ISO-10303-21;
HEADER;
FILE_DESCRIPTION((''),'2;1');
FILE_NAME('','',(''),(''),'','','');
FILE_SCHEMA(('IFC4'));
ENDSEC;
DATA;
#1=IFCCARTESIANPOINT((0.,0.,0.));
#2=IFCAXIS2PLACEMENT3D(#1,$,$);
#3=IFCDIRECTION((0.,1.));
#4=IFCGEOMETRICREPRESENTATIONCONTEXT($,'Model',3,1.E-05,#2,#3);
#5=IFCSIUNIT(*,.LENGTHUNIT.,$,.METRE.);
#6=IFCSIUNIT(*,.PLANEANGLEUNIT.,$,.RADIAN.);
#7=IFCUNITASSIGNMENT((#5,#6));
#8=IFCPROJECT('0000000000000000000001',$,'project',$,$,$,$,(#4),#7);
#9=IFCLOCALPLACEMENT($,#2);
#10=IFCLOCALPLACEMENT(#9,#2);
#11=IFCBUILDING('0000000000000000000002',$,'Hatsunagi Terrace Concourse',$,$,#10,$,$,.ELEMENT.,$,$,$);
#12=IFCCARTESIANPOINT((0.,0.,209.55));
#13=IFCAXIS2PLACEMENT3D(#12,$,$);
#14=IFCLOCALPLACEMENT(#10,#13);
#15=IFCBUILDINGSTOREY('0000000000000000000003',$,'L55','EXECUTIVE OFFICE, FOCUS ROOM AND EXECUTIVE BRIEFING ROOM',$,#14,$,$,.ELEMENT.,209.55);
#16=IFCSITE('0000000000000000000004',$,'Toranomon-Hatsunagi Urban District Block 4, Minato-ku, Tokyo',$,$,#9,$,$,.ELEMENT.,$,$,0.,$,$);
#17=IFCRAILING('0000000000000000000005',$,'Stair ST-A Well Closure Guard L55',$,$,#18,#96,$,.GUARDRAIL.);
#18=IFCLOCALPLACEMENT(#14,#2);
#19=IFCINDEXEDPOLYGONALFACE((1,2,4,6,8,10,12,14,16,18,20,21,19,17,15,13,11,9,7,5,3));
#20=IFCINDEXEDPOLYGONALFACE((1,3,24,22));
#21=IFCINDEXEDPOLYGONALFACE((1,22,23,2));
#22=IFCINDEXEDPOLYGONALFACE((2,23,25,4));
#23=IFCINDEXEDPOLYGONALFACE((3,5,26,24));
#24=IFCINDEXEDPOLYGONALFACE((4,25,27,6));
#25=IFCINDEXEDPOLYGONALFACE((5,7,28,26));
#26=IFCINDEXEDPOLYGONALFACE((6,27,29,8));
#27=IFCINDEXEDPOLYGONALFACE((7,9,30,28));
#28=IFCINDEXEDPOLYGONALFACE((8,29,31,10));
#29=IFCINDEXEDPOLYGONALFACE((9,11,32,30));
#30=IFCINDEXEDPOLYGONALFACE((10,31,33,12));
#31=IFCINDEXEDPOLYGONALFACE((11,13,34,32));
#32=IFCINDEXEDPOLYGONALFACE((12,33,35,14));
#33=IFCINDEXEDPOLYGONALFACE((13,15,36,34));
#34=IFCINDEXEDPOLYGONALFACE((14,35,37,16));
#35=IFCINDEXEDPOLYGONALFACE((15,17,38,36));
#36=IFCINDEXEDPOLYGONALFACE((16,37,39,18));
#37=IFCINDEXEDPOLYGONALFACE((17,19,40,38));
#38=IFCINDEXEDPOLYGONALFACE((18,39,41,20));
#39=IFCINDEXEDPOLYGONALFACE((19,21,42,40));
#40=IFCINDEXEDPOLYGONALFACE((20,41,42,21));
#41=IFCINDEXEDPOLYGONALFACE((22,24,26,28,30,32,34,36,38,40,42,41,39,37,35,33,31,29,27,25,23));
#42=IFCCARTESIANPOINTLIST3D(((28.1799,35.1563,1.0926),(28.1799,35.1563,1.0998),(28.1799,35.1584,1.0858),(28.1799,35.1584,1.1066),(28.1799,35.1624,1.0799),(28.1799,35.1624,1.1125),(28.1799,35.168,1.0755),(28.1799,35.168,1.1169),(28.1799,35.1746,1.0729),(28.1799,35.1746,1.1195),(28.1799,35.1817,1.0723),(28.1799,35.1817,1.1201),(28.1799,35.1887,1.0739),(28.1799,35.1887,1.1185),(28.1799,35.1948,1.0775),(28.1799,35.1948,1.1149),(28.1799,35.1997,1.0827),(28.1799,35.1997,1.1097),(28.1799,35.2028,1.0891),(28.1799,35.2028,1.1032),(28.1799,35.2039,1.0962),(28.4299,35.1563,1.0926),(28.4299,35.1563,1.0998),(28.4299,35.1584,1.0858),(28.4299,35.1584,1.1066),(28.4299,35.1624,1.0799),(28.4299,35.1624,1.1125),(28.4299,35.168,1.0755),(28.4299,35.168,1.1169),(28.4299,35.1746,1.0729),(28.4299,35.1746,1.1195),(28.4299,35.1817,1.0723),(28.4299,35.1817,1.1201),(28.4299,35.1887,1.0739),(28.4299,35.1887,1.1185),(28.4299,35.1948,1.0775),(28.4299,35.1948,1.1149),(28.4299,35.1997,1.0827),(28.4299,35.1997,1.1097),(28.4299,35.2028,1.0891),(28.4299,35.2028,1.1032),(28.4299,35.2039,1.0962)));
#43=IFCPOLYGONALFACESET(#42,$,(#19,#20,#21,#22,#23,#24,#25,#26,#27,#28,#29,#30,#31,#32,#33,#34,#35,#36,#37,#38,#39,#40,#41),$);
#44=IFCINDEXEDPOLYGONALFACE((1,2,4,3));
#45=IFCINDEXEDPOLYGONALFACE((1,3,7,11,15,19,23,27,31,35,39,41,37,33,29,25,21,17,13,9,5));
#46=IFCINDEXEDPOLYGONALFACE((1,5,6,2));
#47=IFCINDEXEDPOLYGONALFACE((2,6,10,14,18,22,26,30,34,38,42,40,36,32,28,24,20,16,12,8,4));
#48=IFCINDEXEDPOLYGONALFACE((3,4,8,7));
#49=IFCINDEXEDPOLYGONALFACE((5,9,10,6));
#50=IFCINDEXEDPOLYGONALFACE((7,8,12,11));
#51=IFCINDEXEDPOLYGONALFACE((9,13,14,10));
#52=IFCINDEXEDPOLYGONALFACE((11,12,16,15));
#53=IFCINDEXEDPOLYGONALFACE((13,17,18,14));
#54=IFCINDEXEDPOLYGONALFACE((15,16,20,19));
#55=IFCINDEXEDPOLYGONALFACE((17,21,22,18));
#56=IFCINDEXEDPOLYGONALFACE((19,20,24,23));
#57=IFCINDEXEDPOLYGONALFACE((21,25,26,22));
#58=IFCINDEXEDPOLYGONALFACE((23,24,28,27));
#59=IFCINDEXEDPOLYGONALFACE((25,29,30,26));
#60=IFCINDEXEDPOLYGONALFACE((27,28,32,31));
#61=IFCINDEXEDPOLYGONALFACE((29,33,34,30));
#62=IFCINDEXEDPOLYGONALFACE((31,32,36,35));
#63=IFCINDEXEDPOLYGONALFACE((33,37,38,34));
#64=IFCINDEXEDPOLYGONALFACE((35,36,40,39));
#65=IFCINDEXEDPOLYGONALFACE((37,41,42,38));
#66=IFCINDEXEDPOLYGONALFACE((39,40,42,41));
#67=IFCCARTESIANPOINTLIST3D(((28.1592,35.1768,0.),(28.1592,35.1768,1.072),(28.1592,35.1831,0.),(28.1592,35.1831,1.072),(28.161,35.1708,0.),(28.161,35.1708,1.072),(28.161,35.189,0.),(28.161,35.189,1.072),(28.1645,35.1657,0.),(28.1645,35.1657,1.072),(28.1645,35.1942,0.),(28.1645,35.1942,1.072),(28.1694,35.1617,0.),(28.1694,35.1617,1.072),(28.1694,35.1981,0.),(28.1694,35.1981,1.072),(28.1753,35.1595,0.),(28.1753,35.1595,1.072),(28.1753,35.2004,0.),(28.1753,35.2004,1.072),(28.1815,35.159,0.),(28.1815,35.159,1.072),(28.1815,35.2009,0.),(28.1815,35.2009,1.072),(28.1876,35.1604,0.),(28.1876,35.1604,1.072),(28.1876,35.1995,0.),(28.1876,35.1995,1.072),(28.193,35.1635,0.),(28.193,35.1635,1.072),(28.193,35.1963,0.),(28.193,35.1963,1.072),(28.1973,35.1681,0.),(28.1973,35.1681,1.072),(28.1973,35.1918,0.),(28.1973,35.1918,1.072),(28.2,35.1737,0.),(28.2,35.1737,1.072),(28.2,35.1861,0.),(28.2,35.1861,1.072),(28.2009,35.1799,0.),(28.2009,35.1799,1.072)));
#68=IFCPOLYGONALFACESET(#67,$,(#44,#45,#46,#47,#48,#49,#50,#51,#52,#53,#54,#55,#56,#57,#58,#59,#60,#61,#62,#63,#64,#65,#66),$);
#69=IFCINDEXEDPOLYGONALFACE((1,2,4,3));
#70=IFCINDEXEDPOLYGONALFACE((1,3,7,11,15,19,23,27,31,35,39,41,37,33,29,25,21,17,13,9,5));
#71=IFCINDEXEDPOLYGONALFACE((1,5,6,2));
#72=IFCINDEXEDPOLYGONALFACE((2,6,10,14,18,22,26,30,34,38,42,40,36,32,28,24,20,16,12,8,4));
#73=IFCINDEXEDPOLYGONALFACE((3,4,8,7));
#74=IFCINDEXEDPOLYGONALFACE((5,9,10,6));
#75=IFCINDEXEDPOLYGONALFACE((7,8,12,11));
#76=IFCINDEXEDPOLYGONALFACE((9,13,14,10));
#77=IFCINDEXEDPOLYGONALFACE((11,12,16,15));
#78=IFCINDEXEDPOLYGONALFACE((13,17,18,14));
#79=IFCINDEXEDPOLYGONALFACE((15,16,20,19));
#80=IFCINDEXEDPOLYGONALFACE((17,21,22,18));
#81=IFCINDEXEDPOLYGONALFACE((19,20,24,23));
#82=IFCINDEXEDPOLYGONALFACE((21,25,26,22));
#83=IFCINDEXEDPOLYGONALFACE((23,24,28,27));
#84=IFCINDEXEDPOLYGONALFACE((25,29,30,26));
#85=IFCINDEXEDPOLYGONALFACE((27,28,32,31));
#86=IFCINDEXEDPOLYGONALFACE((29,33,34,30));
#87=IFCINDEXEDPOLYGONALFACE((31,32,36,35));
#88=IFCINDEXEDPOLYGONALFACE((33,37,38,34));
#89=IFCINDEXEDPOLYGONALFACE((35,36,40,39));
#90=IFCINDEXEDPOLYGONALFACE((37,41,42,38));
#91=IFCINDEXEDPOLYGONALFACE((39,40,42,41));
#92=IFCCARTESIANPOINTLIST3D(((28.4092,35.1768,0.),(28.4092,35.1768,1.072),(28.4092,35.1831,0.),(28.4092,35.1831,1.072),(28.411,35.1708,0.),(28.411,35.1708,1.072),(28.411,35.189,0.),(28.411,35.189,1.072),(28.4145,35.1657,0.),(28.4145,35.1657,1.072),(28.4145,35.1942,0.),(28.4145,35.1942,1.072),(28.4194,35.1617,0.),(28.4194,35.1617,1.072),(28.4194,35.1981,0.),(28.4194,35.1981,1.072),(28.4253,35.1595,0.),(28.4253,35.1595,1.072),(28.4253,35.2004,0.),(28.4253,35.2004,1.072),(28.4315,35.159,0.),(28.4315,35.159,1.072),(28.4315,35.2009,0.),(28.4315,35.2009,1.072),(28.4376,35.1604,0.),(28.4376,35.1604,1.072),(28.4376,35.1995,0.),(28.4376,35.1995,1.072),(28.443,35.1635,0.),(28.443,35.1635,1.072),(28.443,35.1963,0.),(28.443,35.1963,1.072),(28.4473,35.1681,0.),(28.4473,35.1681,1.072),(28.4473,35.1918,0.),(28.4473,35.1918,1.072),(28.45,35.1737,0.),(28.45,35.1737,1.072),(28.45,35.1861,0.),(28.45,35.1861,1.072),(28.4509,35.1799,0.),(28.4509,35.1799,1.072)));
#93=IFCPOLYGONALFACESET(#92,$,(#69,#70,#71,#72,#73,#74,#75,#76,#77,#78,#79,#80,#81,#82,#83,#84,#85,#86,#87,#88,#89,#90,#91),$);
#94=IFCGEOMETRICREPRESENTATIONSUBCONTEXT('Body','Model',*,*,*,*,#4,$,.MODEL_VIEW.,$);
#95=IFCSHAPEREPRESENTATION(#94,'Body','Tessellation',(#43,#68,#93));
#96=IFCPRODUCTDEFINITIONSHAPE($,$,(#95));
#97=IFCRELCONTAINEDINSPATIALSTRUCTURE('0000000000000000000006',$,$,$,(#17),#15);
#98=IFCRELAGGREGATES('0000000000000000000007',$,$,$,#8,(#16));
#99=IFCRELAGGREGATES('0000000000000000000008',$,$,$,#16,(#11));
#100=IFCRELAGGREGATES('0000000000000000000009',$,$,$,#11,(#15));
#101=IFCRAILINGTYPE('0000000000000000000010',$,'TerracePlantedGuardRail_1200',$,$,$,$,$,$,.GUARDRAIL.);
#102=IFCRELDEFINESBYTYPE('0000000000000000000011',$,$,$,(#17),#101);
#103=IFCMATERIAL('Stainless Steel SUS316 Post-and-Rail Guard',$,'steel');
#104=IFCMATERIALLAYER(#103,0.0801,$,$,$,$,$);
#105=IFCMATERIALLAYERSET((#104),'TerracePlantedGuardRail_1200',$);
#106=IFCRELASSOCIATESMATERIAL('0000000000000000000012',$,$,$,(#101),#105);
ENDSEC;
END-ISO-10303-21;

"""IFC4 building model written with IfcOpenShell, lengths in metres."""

from ifc_helpers import new_model, si_unit, direction, frame, origin, origin_2d, place, context, subcontext, project, spatial, circle, extrude, material, layer, layer_set, type_object, element, save


model = new_model("IFC4")

# Units and contexts
model_context = context("Model", 3, precision=1e-05, world=origin(), true_north=direction((0.0, 1.0)))
body_context = subcontext(model_context, "Body", "Model", "MODEL_VIEW")
ifc_project = project(units=[si_unit("LENGTHUNIT", "METRE"), si_unit("PLANEANGLEUNIT", "RADIAN")], contexts=[model_context])

# Site, building, storey
site_placement = place(None, origin())
site = spatial("IfcSite", under=ifc_project, at=site_placement, Name="Toranomon-Hatsunagi Urban District Block 4, Minato-ku, Tokyo", CompositionType="ELEMENT", RefElevation=0.0)
building_placement = place(site_placement, origin())
building = spatial("IfcBuilding", under=site, at=building_placement, Name="Hatsunagi Terrace Concourse", CompositionType="ELEMENT")
storey_placement = place(building_placement, frame((0.0, 0.0, 209.55)))
storey = spatial("IfcBuildingStorey", under=building, at=storey_placement, Name="L55", Description="EXECUTIVE OFFICE, FOCUS ROOM AND EXECUTIVE BRIEFING ROOM", CompositionType="ELEMENT", Elevation=209.55)

# Railing
ifc_material_1 = material(Name="Stainless Steel SUS316 Post-and-Rail Guard", Category="steel")
ifc_layer_1 = layer(ifc_material_1, 0.0801)
ifc_layer_set_1 = layer_set([ifc_layer_1], Name="TerracePlantedGuardRail_1200")
railing_type_1 = type_object("IfcRailingType", Name="TerracePlantedGuardRail_1200", PredefinedType="GUARDRAIL", material=ifc_layer_set_1)
railing_1_placement = place(storey_placement, frame((28.1799, 35.1799, 0.0)))
element("IfcRailing", 1, at=railing_1_placement, inside=storey, type_object=railing_type_1, Name="Stair ST-A Well Closure Guard L55", PredefinedType="GUARDRAIL", context=body_context, shape_type="SweptSolid", body=[
    extrude(circle(Radius=0.0239, at=origin_2d()), frame((0.0, 0.0, 1.0962), z_axis=(1.0, 0.0, 0.0), x_axis=(0.0, 1.0, 0.0)), (0.0, 0.0, 1.0), 0.25),
    extrude(circle(Radius=0.021, at=origin_2d()), origin(), (0.0, 0.0, 1.0), 1.072),
    extrude(circle(Radius=0.021, at=origin_2d()), frame((0.25, 0.0, 0.0)), (0.0, 0.0, 1.0), 1.072),
])

save(model, "model.ifc")
